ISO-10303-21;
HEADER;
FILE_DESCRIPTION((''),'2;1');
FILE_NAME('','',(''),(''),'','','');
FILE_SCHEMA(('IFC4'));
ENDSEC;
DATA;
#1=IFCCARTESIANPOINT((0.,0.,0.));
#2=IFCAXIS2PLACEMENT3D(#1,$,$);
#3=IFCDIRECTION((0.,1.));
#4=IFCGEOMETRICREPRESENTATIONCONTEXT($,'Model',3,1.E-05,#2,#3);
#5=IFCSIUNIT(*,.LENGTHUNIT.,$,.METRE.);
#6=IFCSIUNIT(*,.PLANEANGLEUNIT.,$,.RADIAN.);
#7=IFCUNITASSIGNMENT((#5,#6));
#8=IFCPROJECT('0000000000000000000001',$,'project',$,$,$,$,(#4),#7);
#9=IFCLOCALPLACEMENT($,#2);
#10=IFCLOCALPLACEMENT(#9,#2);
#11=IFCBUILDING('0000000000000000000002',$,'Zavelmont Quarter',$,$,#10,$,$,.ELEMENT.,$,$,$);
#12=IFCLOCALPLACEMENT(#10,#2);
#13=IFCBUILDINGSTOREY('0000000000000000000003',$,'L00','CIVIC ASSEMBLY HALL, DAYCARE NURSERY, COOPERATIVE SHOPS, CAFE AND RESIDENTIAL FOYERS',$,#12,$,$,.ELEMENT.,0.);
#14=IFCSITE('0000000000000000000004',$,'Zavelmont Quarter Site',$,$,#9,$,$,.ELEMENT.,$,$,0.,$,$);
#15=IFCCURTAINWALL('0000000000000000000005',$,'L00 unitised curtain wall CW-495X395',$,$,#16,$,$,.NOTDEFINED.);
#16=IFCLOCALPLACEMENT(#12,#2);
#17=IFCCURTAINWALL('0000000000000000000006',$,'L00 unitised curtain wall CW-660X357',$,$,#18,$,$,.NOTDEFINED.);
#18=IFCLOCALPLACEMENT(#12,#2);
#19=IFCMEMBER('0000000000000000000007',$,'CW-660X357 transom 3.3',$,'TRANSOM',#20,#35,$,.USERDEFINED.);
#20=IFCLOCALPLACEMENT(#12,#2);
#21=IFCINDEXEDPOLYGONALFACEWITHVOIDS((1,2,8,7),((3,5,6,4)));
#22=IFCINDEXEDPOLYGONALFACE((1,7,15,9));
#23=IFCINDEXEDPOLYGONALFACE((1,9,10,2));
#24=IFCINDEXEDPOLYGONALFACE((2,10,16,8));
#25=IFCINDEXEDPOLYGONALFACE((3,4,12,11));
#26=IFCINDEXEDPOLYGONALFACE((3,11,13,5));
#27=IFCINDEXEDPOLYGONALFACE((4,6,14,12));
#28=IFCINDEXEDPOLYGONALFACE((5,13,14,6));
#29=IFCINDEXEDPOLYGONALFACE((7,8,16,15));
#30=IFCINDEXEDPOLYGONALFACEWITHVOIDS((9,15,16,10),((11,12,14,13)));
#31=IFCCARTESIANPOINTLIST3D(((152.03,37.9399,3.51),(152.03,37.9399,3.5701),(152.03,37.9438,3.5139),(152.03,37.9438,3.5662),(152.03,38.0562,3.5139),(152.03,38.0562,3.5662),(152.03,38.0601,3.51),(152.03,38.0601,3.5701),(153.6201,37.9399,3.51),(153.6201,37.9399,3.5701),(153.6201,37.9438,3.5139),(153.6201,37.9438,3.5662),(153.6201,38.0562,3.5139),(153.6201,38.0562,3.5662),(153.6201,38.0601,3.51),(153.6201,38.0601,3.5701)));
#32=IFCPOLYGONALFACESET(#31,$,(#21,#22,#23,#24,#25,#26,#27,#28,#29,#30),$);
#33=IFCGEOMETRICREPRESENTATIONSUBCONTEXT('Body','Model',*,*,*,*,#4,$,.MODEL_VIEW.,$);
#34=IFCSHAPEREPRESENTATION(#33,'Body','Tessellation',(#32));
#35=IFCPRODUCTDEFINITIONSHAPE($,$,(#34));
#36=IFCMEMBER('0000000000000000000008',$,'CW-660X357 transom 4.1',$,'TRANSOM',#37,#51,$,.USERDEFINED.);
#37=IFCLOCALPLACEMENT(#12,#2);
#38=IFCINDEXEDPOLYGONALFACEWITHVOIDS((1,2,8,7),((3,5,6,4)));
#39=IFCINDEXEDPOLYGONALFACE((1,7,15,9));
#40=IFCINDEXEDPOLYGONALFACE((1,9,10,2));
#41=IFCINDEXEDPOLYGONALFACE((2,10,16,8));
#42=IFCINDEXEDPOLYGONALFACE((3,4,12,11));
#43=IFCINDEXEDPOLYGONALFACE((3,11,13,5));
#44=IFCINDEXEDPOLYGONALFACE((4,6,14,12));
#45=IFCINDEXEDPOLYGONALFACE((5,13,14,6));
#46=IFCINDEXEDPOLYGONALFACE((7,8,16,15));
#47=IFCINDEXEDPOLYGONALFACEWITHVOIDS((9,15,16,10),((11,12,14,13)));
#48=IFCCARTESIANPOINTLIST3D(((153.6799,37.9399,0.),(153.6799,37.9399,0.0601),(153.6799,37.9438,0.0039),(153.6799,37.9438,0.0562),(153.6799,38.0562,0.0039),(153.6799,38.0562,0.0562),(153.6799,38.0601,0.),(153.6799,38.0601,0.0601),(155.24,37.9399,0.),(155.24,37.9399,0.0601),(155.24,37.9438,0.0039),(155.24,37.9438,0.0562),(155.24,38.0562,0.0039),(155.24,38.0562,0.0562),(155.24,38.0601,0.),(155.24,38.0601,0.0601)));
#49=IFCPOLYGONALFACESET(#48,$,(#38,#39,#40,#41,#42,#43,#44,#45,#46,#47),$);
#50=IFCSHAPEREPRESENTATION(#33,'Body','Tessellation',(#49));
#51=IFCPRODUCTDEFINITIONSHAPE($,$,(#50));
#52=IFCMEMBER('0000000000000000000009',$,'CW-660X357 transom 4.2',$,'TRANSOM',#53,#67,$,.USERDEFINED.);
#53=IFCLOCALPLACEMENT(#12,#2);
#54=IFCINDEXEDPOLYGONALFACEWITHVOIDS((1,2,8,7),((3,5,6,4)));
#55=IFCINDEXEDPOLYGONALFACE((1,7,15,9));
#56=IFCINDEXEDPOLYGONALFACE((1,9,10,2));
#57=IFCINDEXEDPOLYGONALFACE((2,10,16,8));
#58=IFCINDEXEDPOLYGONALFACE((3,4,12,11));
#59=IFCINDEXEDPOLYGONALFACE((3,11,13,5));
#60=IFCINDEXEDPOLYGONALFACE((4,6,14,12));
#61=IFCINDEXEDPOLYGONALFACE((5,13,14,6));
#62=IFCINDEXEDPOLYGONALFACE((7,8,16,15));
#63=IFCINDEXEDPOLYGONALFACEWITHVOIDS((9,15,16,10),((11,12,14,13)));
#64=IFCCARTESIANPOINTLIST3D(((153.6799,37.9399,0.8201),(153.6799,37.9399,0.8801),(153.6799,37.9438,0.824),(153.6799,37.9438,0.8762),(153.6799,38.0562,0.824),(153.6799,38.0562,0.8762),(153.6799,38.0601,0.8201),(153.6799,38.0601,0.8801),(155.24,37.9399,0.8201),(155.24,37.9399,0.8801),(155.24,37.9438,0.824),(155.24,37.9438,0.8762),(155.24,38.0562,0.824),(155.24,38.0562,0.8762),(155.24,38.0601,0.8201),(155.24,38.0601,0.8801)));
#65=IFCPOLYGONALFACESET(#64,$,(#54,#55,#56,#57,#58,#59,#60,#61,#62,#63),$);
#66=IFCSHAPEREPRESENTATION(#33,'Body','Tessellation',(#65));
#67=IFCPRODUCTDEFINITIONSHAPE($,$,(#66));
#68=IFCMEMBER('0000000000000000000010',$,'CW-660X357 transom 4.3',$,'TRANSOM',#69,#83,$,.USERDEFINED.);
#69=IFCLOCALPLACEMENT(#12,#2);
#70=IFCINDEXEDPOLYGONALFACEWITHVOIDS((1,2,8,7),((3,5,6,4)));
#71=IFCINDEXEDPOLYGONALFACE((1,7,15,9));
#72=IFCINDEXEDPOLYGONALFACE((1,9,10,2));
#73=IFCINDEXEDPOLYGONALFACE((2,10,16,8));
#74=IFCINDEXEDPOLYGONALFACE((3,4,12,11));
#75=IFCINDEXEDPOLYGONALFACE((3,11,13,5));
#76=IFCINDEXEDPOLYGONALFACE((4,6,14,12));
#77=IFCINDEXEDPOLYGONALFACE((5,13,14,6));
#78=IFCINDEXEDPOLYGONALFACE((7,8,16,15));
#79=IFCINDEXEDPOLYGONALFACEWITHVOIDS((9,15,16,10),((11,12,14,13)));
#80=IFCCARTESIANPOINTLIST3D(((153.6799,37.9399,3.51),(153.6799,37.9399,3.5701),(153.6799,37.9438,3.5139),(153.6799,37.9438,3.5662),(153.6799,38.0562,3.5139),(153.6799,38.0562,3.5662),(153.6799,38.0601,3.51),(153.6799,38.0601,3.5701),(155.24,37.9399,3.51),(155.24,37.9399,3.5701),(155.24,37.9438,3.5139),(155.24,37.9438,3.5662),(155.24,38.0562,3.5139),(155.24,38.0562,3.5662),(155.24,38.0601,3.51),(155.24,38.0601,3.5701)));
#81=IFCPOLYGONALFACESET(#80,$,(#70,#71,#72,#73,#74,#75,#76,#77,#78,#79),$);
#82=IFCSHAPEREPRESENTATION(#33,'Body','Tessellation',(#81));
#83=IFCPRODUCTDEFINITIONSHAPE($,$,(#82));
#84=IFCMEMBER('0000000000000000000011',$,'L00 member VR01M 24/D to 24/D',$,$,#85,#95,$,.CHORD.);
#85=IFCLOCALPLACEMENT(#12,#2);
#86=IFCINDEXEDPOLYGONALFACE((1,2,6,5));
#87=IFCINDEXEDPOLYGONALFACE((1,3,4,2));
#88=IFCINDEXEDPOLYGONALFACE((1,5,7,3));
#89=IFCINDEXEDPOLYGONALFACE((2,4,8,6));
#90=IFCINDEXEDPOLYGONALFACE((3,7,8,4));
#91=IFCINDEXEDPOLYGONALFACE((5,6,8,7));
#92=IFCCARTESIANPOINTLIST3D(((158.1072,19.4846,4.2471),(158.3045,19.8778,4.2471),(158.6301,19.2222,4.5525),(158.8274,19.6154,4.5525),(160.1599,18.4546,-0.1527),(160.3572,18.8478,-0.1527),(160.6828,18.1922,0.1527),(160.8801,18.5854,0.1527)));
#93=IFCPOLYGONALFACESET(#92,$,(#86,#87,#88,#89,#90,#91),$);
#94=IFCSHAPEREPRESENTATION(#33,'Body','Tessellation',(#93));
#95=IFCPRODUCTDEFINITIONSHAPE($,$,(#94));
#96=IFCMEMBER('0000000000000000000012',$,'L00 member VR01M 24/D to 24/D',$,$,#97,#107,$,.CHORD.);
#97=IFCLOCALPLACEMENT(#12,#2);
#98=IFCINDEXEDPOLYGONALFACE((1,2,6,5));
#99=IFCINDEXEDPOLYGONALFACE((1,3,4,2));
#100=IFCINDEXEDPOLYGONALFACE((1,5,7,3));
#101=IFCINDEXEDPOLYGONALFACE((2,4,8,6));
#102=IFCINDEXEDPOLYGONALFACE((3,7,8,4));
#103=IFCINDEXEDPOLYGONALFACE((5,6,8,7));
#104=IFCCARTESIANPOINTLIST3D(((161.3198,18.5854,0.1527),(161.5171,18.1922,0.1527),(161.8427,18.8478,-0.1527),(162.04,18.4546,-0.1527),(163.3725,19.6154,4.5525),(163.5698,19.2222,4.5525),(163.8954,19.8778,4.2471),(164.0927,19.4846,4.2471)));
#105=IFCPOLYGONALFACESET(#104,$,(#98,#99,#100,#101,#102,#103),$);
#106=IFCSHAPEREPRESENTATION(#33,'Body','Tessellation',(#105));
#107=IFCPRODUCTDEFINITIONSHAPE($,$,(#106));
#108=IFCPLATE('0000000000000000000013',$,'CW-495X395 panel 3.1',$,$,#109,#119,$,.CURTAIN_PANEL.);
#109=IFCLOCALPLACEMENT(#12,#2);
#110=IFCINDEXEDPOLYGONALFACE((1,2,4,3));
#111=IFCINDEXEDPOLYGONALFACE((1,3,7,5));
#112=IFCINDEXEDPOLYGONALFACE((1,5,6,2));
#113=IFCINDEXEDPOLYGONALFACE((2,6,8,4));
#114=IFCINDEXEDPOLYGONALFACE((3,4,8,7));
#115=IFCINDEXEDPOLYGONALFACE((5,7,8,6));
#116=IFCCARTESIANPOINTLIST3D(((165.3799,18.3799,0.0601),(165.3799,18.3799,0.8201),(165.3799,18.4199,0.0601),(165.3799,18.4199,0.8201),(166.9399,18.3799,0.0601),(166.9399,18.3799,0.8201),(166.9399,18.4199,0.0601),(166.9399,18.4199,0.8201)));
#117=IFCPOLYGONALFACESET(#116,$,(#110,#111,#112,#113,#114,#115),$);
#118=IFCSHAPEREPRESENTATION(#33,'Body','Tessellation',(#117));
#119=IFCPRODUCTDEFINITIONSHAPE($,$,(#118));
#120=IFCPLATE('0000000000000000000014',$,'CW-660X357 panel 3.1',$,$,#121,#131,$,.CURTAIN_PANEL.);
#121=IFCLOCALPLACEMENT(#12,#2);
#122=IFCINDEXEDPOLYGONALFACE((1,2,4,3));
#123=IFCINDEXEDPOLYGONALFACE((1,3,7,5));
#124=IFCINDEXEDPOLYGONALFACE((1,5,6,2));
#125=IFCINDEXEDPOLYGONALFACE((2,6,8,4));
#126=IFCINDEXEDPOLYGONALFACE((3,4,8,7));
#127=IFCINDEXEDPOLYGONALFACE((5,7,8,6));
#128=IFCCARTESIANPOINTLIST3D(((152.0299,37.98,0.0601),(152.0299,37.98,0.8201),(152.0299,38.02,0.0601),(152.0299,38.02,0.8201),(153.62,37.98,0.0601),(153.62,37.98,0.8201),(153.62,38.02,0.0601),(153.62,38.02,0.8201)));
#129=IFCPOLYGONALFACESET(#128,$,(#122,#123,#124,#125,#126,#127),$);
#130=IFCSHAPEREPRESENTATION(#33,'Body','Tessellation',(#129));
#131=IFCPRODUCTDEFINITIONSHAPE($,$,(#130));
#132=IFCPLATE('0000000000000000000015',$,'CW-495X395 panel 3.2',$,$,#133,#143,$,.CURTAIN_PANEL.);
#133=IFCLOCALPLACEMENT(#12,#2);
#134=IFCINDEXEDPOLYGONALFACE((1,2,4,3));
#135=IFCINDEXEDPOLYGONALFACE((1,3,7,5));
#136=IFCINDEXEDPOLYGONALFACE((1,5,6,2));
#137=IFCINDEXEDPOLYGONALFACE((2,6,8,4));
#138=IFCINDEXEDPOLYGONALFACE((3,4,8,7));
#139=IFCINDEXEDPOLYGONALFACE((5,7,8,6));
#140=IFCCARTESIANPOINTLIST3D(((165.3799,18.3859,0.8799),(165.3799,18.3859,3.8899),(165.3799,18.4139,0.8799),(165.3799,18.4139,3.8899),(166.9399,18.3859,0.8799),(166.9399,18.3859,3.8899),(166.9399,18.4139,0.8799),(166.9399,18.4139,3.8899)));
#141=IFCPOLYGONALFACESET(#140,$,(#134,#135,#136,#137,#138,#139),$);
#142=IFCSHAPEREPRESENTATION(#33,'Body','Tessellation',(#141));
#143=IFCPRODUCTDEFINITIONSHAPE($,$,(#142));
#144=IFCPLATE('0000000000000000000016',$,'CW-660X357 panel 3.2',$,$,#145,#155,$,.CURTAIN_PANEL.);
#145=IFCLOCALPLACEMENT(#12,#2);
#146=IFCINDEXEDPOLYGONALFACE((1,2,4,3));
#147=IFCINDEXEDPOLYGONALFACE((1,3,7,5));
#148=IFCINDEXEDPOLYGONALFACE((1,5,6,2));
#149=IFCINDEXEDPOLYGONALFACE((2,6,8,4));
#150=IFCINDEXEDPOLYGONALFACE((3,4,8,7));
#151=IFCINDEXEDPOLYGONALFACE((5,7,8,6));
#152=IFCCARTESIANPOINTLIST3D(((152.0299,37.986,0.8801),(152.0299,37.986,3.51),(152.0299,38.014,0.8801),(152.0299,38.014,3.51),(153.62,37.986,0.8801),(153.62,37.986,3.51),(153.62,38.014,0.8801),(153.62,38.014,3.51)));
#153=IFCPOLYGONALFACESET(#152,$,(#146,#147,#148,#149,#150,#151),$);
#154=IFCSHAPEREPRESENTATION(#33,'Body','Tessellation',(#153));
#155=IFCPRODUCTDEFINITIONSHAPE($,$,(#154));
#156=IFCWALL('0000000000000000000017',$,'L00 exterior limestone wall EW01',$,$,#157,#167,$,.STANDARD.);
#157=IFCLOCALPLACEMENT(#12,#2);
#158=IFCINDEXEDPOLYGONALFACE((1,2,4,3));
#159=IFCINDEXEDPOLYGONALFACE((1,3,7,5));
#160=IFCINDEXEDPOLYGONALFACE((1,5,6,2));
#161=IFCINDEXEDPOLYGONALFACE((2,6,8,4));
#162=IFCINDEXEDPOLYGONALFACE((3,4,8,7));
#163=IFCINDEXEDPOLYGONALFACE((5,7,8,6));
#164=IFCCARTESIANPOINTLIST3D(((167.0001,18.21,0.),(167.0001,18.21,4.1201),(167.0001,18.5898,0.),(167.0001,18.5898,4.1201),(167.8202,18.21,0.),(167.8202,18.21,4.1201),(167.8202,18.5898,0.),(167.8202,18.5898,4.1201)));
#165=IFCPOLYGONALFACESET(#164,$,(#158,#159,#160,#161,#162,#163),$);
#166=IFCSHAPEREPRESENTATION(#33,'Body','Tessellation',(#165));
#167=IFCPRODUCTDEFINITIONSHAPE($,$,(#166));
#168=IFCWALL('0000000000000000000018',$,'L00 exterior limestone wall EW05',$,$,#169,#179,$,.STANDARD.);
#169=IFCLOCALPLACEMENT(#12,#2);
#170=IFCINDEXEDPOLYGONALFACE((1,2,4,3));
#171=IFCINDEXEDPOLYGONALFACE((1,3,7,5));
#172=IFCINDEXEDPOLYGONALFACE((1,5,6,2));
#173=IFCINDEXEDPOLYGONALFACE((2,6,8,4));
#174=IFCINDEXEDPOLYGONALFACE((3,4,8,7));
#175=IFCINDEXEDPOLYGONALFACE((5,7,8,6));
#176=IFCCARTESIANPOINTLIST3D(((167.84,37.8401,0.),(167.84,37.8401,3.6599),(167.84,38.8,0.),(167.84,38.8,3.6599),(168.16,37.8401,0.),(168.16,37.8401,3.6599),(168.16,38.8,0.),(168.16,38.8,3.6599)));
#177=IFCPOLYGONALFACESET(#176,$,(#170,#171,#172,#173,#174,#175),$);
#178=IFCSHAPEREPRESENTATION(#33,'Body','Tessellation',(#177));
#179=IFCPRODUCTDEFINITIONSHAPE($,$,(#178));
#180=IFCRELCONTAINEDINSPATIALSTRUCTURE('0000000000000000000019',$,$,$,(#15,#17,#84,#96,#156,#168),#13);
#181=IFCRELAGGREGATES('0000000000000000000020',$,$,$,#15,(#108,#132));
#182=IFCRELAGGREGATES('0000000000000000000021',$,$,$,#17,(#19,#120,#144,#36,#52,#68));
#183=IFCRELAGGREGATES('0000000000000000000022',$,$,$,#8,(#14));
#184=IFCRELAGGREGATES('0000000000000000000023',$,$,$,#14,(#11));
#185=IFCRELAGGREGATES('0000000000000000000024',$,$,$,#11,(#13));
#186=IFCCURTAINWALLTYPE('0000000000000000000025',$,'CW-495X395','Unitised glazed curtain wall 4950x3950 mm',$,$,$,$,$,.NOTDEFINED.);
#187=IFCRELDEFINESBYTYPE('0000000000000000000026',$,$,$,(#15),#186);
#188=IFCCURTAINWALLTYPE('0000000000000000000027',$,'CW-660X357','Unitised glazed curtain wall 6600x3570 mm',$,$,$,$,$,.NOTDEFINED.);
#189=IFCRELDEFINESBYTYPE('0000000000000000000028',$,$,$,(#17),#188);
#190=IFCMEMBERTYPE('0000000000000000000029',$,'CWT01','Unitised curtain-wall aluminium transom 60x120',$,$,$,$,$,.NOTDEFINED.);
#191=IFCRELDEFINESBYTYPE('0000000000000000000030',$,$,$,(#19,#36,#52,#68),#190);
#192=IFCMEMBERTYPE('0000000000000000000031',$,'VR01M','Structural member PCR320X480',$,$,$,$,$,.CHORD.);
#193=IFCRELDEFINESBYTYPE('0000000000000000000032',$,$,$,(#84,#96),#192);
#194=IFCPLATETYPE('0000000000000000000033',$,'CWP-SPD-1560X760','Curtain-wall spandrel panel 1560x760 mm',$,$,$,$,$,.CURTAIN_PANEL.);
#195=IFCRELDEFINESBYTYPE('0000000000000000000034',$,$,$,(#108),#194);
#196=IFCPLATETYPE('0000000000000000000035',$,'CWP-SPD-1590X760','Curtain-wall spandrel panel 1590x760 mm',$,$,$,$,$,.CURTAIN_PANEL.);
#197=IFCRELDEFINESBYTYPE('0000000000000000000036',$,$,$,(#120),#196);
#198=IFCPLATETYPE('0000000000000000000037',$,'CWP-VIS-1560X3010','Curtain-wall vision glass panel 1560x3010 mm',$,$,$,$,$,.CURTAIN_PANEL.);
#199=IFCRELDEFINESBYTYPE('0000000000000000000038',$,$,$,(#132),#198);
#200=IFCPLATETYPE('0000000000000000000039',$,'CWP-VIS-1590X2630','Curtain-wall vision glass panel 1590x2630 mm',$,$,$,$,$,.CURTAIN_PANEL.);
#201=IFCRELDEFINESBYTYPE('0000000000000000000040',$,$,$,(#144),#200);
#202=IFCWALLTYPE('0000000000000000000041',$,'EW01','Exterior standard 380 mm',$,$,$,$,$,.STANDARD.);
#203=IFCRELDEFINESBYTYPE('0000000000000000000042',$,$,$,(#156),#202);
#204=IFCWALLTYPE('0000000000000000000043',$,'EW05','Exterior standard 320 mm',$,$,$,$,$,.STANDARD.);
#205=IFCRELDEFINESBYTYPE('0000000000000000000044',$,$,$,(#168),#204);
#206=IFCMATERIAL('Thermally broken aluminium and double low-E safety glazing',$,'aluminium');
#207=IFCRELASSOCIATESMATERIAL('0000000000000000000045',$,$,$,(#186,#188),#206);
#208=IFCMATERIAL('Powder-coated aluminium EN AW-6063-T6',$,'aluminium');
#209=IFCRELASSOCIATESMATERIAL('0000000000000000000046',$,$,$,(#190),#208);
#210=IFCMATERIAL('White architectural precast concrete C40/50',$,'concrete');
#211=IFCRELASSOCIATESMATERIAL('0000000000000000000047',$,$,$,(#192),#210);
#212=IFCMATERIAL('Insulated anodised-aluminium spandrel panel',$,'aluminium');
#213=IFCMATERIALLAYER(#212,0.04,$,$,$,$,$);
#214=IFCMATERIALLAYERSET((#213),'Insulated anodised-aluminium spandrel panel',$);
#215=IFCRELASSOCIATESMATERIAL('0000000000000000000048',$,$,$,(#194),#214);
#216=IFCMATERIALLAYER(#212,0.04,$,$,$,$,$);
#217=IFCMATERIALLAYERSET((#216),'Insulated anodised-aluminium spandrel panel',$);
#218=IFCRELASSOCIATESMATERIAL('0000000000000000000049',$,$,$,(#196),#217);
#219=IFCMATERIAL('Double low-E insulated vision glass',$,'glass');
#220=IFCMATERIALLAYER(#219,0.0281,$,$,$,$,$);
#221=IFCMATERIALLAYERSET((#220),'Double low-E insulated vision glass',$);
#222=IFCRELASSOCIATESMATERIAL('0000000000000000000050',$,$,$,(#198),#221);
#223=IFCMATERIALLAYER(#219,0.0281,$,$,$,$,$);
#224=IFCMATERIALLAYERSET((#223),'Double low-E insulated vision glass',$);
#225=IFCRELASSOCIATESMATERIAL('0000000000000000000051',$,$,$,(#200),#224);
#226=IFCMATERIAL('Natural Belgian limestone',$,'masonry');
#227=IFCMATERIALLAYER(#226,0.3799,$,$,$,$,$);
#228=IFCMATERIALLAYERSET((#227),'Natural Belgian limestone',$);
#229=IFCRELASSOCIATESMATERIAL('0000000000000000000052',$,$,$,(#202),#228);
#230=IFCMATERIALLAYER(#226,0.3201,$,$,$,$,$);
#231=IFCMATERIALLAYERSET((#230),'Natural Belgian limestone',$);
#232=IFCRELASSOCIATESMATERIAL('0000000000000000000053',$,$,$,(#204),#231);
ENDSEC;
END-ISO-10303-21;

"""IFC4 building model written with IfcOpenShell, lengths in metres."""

from ifc_helpers import new_model, si_unit, direction, frame, frame_2d, origin, origin_2d, place, context, subcontext, project, spatial, rectangle, hollow_rectangle, extrude, material, layer, layer_set, material_profile, profile_set, type_object, element, aggregate, save


model = new_model("IFC4")

# Units and contexts
model_context = context("Model", 3, precision=1e-05, world=origin(), true_north=direction((0.0, 1.0)))
body_context = subcontext(model_context, "Body", "Model", "MODEL_VIEW")
ifc_project = project(units=[si_unit("LENGTHUNIT", "METRE"), si_unit("PLANEANGLEUNIT", "RADIAN")], contexts=[model_context])

# Site, building, storey
site_placement = place(None, origin())
site = spatial("IfcSite", under=ifc_project, at=site_placement, Name="Zavelmont Quarter Site", CompositionType="ELEMENT", RefElevation=0.0)
building_placement = place(site_placement, origin())
building = spatial("IfcBuilding", under=site, at=building_placement, Name="Zavelmont Quarter", CompositionType="ELEMENT")
storey_placement = place(building_placement, origin())
storey = spatial("IfcBuildingStorey", under=building, at=storey_placement, Name="L00", Description="CIVIC ASSEMBLY HALL, DAYCARE NURSERY, COOPERATIVE SHOPS, CAFE AND RESIDENTIAL FOYERS", CompositionType="ELEMENT", Elevation=0.0)

# Curtain walls
ifc_material_1 = material(Name="Thermally broken aluminium and double low-E safety glazing", Category="aluminium")
curtain_wall_type_1 = type_object("IfcCurtainWallType", Name="CW-495X395", Description="Unitised glazed curtain wall 4950x3950 mm", PredefinedType="NOTDEFINED", material=ifc_material_1)
curtain_wall_1_placement = place(storey_placement, origin())
curtain_wall_1 = element("IfcCurtainWall", 1, at=curtain_wall_1_placement, inside=storey, type_object=curtain_wall_type_1, Name="L00 unitised curtain wall CW-495X395", PredefinedType="NOTDEFINED")
ifc_material_2 = material(Name="Powder-coated aluminium EN AW-6063-T6", Category="aluminium")
curtain_wall_type_2 = type_object("IfcCurtainWallType", Name="CW-660X357", Description="Unitised glazed curtain wall 6600x3570 mm", PredefinedType="NOTDEFINED", material=ifc_material_1)
curtain_wall_2_placement = place(storey_placement, origin())
curtain_wall_2 = element("IfcCurtainWall", 2, at=curtain_wall_2_placement, inside=storey, type_object=curtain_wall_type_2, Name="L00 unitised curtain wall CW-660X357", PredefinedType="NOTDEFINED")

# Members
ifc_material_profile_1 = material_profile(ifc_material_2, hollow_rectangle(XDim=0.1201, YDim=0.0601, WallThickness=0.0039, at=origin_2d()), Name="CWT60X120")
ifc_profile_set_1 = profile_set([ifc_material_profile_1], Name="Powder-coated aluminium EN AW-6063-T6")
member_type_1 = type_object("IfcMemberType", Name="CWT01", Description="Unitised curtain-wall aluminium transom 60x120", PredefinedType="NOTDEFINED", material=ifc_profile_set_1)
member_1_placement = place(storey_placement, frame((152.03, 38.0, 3.54), z_axis=(1.0, 0.0, 0.0), x_axis=(0.0, 1.0, 0.0)))
member_1 = element("IfcMember", 3, at=member_1_placement, type_object=member_type_1, Name="CW-660X357 transom 3.3", ObjectType="TRANSOM", PredefinedType="USERDEFINED", context=body_context, shape_type="SweptSolid", body=[
    extrude(hollow_rectangle(XDim=0.1201, YDim=0.0601, WallThickness=0.0039, at=origin_2d()), origin(), (0.0, 0.0, 1.0), 1.5901),
])
member_2_placement = place(storey_placement, frame((153.6799, 38.0, 0.03), z_axis=(1.0, 0.0, 0.0), x_axis=(0.0, 1.0, 0.0)))
member_2 = element("IfcMember", 4, at=member_2_placement, type_object=member_type_1, Name="CW-660X357 transom 4.1", ObjectType="TRANSOM", PredefinedType="USERDEFINED", context=body_context, shape_type="SweptSolid", body=[
    extrude(hollow_rectangle(XDim=0.1201, YDim=0.0601, WallThickness=0.0039, at=origin_2d()), origin(), (0.0, 0.0, 1.0), 1.5601),
])
member_3_placement = place(storey_placement, frame((153.6799, 38.0, 0.8501), z_axis=(1.0, 0.0, 0.0), x_axis=(0.0, 1.0, 0.0)))
member_3 = element("IfcMember", 5, at=member_3_placement, type_object=member_type_1, Name="CW-660X357 transom 4.2", ObjectType="TRANSOM", PredefinedType="USERDEFINED", context=body_context, shape_type="SweptSolid", body=[
    extrude(hollow_rectangle(XDim=0.1201, YDim=0.0601, WallThickness=0.0039, at=origin_2d()), origin(), (0.0, 0.0, 1.0), 1.5601),
])
member_4_placement = place(storey_placement, frame((153.6799, 38.0, 3.54), z_axis=(1.0, 0.0, 0.0), x_axis=(0.0, 1.0, 0.0)))
member_4 = element("IfcMember", 6, at=member_4_placement, type_object=member_type_1, Name="CW-660X357 transom 4.3", ObjectType="TRANSOM", PredefinedType="USERDEFINED", context=body_context, shape_type="SweptSolid", body=[
    extrude(hollow_rectangle(XDim=0.1201, YDim=0.0601, WallThickness=0.0039, at=origin_2d()), origin(), (0.0, 0.0, 1.0), 1.5601),
])

# Members
ifc_material_3 = material(Name="White architectural precast concrete C40/50", Category="concrete")
ifc_material_profile_2 = material_profile(ifc_material_3, rectangle(XDim=0.4399, YDim=0.6599, at=origin_2d()), Name="PCR320X480")
ifc_profile_set_2 = profile_set([ifc_material_profile_2], Name="White architectural precast concrete C40/50")
member_type_2 = type_object("IfcMemberType", Name="VR01M", Description="Structural member PCR320X480", PredefinedType="CHORD", material=ifc_profile_set_2)
for number, where, z_axis, x_axis, name in (
    (7, (160.52, 18.52, 0.0), (-0.413587, 0.207531, 0.886497), (-0.448489, -0.893788, 0.0), "L00 member VR01M 24/D to 24/D"),
    (8, (161.6799, 18.52, 0.0), (0.413587, 0.207531, 0.886497), (-0.448489, 0.893788, 0.0), "L00 member VR01M 24/D to 24/D"),
):
    element("IfcMember", number, at=place(storey_placement, frame(where, z_axis=z_axis, x_axis=x_axis)), inside=storey, type_object=member_type_2, Name=name, PredefinedType="CHORD", context=body_context, shape_type="SweptSolid", body=[
        extrude(rectangle(XDim=0.4399, YDim=0.6599, at=origin_2d()), origin(), (0.0, 0.0, 1.0), 4.9631),
    ])

# Plates
ifc_material_4 = material(Name="Insulated anodised-aluminium spandrel panel", Category="aluminium")
ifc_layer_1 = layer(ifc_material_4, 0.04)
ifc_layer_set_1 = layer_set([ifc_layer_1], Name="Insulated anodised-aluminium spandrel panel")
plate_type_1 = type_object("IfcPlateType", Name="CWP-SPD-1560X760", Description="Curtain-wall spandrel panel 1560x760 mm", PredefinedType="CURTAIN_PANEL", material=ifc_layer_set_1)
plate_1_placement = place(storey_placement, frame((166.1599, 18.3999, 0.0601), z_axis=(0.0, 0.0, 1.0), x_axis=(1.0, 0.0, 0.0)))
plate_1 = element("IfcPlate", 9, at=plate_1_placement, type_object=plate_type_1, Name="CW-495X395 panel 3.1", PredefinedType="CURTAIN_PANEL", context=body_context, shape_type="SweptSolid", body=[
    extrude(rectangle(XDim=1.5601, YDim=0.04, at=origin_2d()), origin(), (0.0, 0.0, 1.0), 0.76),
])
ifc_layer_2 = layer(ifc_material_4, 0.04)
ifc_layer_set_2 = layer_set([ifc_layer_2], Name="Insulated anodised-aluminium spandrel panel")
plate_type_2 = type_object("IfcPlateType", Name="CWP-SPD-1590X760", Description="Curtain-wall spandrel panel 1590x760 mm", PredefinedType="CURTAIN_PANEL", material=ifc_layer_set_2)
plate_2_placement = place(storey_placement, frame((152.825, 38.0, 0.0601), z_axis=(0.0, 0.0, 1.0), x_axis=(1.0, 0.0, 0.0)))
plate_2 = element("IfcPlate", 10, at=plate_2_placement, type_object=plate_type_2, Name="CW-660X357 panel 3.1", PredefinedType="CURTAIN_PANEL", context=body_context, shape_type="SweptSolid", body=[
    extrude(rectangle(XDim=1.5901, YDim=0.04, at=origin_2d()), origin(), (0.0, 0.0, 1.0), 0.76),
])
ifc_material_5 = material(Name="Double low-E insulated vision glass", Category="glass")
ifc_layer_3 = layer(ifc_material_5, 0.0281)
ifc_layer_set_3 = layer_set([ifc_layer_3], Name="Double low-E insulated vision glass")
plate_type_3 = type_object("IfcPlateType", Name="CWP-VIS-1560X3010", Description="Curtain-wall vision glass panel 1560x3010 mm", PredefinedType="CURTAIN_PANEL", material=ifc_layer_set_3)
plate_3_placement = place(storey_placement, frame((166.1599, 18.3999, 0.8799), z_axis=(0.0, 0.0, 1.0), x_axis=(1.0, 0.0, 0.0)))
plate_3 = element("IfcPlate", 11, at=plate_3_placement, type_object=plate_type_3, Name="CW-495X395 panel 3.2", PredefinedType="CURTAIN_PANEL", context=body_context, shape_type="SweptSolid", body=[
    extrude(rectangle(XDim=1.5601, YDim=0.0281, at=origin_2d()), origin(), (0.0, 0.0, 1.0), 3.01),
])
aggregate(curtain_wall_1, [plate_1, plate_3])
ifc_layer_4 = layer(ifc_material_5, 0.0281)
ifc_layer_set_4 = layer_set([ifc_layer_4], Name="Double low-E insulated vision glass")
plate_type_4 = type_object("IfcPlateType", Name="CWP-VIS-1590X2630", Description="Curtain-wall vision glass panel 1590x2630 mm", PredefinedType="CURTAIN_PANEL", material=ifc_layer_set_4)
plate_4_placement = place(storey_placement, frame((152.825, 38.0, 0.8801), z_axis=(0.0, 0.0, 1.0), x_axis=(1.0, 0.0, 0.0)))
plate_4 = element("IfcPlate", 12, at=plate_4_placement, type_object=plate_type_4, Name="CW-660X357 panel 3.2", PredefinedType="CURTAIN_PANEL", context=body_context, shape_type="SweptSolid", body=[
    extrude(rectangle(XDim=1.5901, YDim=0.0281, at=origin_2d()), origin(), (0.0, 0.0, 1.0), 2.6299),
])
aggregate(curtain_wall_2, [member_1, plate_2, plate_4, member_2, member_3, member_4])

# Walls
ifc_material_6 = material(Name="Natural Belgian limestone", Category="masonry")
ifc_layer_5 = layer(ifc_material_6, 0.3799)
ifc_layer_set_5 = layer_set([ifc_layer_5], Name="Natural Belgian limestone")
wall_type_1 = type_object("IfcWallType", Name="EW01", Description="Exterior standard 380 mm", PredefinedType="STANDARD", material=ifc_layer_set_5)
wall_1_placement = place(storey_placement, frame((167.0, 18.3999, 0.0), z_axis=(0.0, 0.0, 1.0), x_axis=(1.0, 0.0, 0.0)))
element("IfcWall", 13, at=wall_1_placement, inside=storey, type_object=wall_type_1, Name="L00 exterior limestone wall EW01", PredefinedType="STANDARD", context=body_context, shape_type="SweptSolid", body=[
    extrude(rectangle(XDim=0.8201, YDim=0.3799, at=frame_2d((0.4102, 0.0))), origin(), (0.0, 0.0, 1.0), 4.1201),
])
ifc_layer_6 = layer(ifc_material_6, 0.3201)
ifc_layer_set_6 = layer_set([ifc_layer_6], Name="Natural Belgian limestone")
wall_type_2 = type_object("IfcWallType", Name="EW05", Description="Exterior standard 320 mm", PredefinedType="STANDARD", material=ifc_layer_set_6)
wall_2_placement = place(storey_placement, frame((168.0, 37.8401, 0.0), z_axis=(0.0, 0.0, 1.0), x_axis=(0.0, 1.0, 0.0)))
element("IfcWall", 14, at=wall_2_placement, inside=storey, type_object=wall_type_2, Name="L00 exterior limestone wall EW05", PredefinedType="STANDARD", context=body_context, shape_type="SweptSolid", body=[
    extrude(rectangle(XDim=0.96, YDim=0.3201, at=frame_2d((0.48, 0.0))), origin(), (0.0, 0.0, 1.0), 3.6599),
])

save(model, "model.ifc")
